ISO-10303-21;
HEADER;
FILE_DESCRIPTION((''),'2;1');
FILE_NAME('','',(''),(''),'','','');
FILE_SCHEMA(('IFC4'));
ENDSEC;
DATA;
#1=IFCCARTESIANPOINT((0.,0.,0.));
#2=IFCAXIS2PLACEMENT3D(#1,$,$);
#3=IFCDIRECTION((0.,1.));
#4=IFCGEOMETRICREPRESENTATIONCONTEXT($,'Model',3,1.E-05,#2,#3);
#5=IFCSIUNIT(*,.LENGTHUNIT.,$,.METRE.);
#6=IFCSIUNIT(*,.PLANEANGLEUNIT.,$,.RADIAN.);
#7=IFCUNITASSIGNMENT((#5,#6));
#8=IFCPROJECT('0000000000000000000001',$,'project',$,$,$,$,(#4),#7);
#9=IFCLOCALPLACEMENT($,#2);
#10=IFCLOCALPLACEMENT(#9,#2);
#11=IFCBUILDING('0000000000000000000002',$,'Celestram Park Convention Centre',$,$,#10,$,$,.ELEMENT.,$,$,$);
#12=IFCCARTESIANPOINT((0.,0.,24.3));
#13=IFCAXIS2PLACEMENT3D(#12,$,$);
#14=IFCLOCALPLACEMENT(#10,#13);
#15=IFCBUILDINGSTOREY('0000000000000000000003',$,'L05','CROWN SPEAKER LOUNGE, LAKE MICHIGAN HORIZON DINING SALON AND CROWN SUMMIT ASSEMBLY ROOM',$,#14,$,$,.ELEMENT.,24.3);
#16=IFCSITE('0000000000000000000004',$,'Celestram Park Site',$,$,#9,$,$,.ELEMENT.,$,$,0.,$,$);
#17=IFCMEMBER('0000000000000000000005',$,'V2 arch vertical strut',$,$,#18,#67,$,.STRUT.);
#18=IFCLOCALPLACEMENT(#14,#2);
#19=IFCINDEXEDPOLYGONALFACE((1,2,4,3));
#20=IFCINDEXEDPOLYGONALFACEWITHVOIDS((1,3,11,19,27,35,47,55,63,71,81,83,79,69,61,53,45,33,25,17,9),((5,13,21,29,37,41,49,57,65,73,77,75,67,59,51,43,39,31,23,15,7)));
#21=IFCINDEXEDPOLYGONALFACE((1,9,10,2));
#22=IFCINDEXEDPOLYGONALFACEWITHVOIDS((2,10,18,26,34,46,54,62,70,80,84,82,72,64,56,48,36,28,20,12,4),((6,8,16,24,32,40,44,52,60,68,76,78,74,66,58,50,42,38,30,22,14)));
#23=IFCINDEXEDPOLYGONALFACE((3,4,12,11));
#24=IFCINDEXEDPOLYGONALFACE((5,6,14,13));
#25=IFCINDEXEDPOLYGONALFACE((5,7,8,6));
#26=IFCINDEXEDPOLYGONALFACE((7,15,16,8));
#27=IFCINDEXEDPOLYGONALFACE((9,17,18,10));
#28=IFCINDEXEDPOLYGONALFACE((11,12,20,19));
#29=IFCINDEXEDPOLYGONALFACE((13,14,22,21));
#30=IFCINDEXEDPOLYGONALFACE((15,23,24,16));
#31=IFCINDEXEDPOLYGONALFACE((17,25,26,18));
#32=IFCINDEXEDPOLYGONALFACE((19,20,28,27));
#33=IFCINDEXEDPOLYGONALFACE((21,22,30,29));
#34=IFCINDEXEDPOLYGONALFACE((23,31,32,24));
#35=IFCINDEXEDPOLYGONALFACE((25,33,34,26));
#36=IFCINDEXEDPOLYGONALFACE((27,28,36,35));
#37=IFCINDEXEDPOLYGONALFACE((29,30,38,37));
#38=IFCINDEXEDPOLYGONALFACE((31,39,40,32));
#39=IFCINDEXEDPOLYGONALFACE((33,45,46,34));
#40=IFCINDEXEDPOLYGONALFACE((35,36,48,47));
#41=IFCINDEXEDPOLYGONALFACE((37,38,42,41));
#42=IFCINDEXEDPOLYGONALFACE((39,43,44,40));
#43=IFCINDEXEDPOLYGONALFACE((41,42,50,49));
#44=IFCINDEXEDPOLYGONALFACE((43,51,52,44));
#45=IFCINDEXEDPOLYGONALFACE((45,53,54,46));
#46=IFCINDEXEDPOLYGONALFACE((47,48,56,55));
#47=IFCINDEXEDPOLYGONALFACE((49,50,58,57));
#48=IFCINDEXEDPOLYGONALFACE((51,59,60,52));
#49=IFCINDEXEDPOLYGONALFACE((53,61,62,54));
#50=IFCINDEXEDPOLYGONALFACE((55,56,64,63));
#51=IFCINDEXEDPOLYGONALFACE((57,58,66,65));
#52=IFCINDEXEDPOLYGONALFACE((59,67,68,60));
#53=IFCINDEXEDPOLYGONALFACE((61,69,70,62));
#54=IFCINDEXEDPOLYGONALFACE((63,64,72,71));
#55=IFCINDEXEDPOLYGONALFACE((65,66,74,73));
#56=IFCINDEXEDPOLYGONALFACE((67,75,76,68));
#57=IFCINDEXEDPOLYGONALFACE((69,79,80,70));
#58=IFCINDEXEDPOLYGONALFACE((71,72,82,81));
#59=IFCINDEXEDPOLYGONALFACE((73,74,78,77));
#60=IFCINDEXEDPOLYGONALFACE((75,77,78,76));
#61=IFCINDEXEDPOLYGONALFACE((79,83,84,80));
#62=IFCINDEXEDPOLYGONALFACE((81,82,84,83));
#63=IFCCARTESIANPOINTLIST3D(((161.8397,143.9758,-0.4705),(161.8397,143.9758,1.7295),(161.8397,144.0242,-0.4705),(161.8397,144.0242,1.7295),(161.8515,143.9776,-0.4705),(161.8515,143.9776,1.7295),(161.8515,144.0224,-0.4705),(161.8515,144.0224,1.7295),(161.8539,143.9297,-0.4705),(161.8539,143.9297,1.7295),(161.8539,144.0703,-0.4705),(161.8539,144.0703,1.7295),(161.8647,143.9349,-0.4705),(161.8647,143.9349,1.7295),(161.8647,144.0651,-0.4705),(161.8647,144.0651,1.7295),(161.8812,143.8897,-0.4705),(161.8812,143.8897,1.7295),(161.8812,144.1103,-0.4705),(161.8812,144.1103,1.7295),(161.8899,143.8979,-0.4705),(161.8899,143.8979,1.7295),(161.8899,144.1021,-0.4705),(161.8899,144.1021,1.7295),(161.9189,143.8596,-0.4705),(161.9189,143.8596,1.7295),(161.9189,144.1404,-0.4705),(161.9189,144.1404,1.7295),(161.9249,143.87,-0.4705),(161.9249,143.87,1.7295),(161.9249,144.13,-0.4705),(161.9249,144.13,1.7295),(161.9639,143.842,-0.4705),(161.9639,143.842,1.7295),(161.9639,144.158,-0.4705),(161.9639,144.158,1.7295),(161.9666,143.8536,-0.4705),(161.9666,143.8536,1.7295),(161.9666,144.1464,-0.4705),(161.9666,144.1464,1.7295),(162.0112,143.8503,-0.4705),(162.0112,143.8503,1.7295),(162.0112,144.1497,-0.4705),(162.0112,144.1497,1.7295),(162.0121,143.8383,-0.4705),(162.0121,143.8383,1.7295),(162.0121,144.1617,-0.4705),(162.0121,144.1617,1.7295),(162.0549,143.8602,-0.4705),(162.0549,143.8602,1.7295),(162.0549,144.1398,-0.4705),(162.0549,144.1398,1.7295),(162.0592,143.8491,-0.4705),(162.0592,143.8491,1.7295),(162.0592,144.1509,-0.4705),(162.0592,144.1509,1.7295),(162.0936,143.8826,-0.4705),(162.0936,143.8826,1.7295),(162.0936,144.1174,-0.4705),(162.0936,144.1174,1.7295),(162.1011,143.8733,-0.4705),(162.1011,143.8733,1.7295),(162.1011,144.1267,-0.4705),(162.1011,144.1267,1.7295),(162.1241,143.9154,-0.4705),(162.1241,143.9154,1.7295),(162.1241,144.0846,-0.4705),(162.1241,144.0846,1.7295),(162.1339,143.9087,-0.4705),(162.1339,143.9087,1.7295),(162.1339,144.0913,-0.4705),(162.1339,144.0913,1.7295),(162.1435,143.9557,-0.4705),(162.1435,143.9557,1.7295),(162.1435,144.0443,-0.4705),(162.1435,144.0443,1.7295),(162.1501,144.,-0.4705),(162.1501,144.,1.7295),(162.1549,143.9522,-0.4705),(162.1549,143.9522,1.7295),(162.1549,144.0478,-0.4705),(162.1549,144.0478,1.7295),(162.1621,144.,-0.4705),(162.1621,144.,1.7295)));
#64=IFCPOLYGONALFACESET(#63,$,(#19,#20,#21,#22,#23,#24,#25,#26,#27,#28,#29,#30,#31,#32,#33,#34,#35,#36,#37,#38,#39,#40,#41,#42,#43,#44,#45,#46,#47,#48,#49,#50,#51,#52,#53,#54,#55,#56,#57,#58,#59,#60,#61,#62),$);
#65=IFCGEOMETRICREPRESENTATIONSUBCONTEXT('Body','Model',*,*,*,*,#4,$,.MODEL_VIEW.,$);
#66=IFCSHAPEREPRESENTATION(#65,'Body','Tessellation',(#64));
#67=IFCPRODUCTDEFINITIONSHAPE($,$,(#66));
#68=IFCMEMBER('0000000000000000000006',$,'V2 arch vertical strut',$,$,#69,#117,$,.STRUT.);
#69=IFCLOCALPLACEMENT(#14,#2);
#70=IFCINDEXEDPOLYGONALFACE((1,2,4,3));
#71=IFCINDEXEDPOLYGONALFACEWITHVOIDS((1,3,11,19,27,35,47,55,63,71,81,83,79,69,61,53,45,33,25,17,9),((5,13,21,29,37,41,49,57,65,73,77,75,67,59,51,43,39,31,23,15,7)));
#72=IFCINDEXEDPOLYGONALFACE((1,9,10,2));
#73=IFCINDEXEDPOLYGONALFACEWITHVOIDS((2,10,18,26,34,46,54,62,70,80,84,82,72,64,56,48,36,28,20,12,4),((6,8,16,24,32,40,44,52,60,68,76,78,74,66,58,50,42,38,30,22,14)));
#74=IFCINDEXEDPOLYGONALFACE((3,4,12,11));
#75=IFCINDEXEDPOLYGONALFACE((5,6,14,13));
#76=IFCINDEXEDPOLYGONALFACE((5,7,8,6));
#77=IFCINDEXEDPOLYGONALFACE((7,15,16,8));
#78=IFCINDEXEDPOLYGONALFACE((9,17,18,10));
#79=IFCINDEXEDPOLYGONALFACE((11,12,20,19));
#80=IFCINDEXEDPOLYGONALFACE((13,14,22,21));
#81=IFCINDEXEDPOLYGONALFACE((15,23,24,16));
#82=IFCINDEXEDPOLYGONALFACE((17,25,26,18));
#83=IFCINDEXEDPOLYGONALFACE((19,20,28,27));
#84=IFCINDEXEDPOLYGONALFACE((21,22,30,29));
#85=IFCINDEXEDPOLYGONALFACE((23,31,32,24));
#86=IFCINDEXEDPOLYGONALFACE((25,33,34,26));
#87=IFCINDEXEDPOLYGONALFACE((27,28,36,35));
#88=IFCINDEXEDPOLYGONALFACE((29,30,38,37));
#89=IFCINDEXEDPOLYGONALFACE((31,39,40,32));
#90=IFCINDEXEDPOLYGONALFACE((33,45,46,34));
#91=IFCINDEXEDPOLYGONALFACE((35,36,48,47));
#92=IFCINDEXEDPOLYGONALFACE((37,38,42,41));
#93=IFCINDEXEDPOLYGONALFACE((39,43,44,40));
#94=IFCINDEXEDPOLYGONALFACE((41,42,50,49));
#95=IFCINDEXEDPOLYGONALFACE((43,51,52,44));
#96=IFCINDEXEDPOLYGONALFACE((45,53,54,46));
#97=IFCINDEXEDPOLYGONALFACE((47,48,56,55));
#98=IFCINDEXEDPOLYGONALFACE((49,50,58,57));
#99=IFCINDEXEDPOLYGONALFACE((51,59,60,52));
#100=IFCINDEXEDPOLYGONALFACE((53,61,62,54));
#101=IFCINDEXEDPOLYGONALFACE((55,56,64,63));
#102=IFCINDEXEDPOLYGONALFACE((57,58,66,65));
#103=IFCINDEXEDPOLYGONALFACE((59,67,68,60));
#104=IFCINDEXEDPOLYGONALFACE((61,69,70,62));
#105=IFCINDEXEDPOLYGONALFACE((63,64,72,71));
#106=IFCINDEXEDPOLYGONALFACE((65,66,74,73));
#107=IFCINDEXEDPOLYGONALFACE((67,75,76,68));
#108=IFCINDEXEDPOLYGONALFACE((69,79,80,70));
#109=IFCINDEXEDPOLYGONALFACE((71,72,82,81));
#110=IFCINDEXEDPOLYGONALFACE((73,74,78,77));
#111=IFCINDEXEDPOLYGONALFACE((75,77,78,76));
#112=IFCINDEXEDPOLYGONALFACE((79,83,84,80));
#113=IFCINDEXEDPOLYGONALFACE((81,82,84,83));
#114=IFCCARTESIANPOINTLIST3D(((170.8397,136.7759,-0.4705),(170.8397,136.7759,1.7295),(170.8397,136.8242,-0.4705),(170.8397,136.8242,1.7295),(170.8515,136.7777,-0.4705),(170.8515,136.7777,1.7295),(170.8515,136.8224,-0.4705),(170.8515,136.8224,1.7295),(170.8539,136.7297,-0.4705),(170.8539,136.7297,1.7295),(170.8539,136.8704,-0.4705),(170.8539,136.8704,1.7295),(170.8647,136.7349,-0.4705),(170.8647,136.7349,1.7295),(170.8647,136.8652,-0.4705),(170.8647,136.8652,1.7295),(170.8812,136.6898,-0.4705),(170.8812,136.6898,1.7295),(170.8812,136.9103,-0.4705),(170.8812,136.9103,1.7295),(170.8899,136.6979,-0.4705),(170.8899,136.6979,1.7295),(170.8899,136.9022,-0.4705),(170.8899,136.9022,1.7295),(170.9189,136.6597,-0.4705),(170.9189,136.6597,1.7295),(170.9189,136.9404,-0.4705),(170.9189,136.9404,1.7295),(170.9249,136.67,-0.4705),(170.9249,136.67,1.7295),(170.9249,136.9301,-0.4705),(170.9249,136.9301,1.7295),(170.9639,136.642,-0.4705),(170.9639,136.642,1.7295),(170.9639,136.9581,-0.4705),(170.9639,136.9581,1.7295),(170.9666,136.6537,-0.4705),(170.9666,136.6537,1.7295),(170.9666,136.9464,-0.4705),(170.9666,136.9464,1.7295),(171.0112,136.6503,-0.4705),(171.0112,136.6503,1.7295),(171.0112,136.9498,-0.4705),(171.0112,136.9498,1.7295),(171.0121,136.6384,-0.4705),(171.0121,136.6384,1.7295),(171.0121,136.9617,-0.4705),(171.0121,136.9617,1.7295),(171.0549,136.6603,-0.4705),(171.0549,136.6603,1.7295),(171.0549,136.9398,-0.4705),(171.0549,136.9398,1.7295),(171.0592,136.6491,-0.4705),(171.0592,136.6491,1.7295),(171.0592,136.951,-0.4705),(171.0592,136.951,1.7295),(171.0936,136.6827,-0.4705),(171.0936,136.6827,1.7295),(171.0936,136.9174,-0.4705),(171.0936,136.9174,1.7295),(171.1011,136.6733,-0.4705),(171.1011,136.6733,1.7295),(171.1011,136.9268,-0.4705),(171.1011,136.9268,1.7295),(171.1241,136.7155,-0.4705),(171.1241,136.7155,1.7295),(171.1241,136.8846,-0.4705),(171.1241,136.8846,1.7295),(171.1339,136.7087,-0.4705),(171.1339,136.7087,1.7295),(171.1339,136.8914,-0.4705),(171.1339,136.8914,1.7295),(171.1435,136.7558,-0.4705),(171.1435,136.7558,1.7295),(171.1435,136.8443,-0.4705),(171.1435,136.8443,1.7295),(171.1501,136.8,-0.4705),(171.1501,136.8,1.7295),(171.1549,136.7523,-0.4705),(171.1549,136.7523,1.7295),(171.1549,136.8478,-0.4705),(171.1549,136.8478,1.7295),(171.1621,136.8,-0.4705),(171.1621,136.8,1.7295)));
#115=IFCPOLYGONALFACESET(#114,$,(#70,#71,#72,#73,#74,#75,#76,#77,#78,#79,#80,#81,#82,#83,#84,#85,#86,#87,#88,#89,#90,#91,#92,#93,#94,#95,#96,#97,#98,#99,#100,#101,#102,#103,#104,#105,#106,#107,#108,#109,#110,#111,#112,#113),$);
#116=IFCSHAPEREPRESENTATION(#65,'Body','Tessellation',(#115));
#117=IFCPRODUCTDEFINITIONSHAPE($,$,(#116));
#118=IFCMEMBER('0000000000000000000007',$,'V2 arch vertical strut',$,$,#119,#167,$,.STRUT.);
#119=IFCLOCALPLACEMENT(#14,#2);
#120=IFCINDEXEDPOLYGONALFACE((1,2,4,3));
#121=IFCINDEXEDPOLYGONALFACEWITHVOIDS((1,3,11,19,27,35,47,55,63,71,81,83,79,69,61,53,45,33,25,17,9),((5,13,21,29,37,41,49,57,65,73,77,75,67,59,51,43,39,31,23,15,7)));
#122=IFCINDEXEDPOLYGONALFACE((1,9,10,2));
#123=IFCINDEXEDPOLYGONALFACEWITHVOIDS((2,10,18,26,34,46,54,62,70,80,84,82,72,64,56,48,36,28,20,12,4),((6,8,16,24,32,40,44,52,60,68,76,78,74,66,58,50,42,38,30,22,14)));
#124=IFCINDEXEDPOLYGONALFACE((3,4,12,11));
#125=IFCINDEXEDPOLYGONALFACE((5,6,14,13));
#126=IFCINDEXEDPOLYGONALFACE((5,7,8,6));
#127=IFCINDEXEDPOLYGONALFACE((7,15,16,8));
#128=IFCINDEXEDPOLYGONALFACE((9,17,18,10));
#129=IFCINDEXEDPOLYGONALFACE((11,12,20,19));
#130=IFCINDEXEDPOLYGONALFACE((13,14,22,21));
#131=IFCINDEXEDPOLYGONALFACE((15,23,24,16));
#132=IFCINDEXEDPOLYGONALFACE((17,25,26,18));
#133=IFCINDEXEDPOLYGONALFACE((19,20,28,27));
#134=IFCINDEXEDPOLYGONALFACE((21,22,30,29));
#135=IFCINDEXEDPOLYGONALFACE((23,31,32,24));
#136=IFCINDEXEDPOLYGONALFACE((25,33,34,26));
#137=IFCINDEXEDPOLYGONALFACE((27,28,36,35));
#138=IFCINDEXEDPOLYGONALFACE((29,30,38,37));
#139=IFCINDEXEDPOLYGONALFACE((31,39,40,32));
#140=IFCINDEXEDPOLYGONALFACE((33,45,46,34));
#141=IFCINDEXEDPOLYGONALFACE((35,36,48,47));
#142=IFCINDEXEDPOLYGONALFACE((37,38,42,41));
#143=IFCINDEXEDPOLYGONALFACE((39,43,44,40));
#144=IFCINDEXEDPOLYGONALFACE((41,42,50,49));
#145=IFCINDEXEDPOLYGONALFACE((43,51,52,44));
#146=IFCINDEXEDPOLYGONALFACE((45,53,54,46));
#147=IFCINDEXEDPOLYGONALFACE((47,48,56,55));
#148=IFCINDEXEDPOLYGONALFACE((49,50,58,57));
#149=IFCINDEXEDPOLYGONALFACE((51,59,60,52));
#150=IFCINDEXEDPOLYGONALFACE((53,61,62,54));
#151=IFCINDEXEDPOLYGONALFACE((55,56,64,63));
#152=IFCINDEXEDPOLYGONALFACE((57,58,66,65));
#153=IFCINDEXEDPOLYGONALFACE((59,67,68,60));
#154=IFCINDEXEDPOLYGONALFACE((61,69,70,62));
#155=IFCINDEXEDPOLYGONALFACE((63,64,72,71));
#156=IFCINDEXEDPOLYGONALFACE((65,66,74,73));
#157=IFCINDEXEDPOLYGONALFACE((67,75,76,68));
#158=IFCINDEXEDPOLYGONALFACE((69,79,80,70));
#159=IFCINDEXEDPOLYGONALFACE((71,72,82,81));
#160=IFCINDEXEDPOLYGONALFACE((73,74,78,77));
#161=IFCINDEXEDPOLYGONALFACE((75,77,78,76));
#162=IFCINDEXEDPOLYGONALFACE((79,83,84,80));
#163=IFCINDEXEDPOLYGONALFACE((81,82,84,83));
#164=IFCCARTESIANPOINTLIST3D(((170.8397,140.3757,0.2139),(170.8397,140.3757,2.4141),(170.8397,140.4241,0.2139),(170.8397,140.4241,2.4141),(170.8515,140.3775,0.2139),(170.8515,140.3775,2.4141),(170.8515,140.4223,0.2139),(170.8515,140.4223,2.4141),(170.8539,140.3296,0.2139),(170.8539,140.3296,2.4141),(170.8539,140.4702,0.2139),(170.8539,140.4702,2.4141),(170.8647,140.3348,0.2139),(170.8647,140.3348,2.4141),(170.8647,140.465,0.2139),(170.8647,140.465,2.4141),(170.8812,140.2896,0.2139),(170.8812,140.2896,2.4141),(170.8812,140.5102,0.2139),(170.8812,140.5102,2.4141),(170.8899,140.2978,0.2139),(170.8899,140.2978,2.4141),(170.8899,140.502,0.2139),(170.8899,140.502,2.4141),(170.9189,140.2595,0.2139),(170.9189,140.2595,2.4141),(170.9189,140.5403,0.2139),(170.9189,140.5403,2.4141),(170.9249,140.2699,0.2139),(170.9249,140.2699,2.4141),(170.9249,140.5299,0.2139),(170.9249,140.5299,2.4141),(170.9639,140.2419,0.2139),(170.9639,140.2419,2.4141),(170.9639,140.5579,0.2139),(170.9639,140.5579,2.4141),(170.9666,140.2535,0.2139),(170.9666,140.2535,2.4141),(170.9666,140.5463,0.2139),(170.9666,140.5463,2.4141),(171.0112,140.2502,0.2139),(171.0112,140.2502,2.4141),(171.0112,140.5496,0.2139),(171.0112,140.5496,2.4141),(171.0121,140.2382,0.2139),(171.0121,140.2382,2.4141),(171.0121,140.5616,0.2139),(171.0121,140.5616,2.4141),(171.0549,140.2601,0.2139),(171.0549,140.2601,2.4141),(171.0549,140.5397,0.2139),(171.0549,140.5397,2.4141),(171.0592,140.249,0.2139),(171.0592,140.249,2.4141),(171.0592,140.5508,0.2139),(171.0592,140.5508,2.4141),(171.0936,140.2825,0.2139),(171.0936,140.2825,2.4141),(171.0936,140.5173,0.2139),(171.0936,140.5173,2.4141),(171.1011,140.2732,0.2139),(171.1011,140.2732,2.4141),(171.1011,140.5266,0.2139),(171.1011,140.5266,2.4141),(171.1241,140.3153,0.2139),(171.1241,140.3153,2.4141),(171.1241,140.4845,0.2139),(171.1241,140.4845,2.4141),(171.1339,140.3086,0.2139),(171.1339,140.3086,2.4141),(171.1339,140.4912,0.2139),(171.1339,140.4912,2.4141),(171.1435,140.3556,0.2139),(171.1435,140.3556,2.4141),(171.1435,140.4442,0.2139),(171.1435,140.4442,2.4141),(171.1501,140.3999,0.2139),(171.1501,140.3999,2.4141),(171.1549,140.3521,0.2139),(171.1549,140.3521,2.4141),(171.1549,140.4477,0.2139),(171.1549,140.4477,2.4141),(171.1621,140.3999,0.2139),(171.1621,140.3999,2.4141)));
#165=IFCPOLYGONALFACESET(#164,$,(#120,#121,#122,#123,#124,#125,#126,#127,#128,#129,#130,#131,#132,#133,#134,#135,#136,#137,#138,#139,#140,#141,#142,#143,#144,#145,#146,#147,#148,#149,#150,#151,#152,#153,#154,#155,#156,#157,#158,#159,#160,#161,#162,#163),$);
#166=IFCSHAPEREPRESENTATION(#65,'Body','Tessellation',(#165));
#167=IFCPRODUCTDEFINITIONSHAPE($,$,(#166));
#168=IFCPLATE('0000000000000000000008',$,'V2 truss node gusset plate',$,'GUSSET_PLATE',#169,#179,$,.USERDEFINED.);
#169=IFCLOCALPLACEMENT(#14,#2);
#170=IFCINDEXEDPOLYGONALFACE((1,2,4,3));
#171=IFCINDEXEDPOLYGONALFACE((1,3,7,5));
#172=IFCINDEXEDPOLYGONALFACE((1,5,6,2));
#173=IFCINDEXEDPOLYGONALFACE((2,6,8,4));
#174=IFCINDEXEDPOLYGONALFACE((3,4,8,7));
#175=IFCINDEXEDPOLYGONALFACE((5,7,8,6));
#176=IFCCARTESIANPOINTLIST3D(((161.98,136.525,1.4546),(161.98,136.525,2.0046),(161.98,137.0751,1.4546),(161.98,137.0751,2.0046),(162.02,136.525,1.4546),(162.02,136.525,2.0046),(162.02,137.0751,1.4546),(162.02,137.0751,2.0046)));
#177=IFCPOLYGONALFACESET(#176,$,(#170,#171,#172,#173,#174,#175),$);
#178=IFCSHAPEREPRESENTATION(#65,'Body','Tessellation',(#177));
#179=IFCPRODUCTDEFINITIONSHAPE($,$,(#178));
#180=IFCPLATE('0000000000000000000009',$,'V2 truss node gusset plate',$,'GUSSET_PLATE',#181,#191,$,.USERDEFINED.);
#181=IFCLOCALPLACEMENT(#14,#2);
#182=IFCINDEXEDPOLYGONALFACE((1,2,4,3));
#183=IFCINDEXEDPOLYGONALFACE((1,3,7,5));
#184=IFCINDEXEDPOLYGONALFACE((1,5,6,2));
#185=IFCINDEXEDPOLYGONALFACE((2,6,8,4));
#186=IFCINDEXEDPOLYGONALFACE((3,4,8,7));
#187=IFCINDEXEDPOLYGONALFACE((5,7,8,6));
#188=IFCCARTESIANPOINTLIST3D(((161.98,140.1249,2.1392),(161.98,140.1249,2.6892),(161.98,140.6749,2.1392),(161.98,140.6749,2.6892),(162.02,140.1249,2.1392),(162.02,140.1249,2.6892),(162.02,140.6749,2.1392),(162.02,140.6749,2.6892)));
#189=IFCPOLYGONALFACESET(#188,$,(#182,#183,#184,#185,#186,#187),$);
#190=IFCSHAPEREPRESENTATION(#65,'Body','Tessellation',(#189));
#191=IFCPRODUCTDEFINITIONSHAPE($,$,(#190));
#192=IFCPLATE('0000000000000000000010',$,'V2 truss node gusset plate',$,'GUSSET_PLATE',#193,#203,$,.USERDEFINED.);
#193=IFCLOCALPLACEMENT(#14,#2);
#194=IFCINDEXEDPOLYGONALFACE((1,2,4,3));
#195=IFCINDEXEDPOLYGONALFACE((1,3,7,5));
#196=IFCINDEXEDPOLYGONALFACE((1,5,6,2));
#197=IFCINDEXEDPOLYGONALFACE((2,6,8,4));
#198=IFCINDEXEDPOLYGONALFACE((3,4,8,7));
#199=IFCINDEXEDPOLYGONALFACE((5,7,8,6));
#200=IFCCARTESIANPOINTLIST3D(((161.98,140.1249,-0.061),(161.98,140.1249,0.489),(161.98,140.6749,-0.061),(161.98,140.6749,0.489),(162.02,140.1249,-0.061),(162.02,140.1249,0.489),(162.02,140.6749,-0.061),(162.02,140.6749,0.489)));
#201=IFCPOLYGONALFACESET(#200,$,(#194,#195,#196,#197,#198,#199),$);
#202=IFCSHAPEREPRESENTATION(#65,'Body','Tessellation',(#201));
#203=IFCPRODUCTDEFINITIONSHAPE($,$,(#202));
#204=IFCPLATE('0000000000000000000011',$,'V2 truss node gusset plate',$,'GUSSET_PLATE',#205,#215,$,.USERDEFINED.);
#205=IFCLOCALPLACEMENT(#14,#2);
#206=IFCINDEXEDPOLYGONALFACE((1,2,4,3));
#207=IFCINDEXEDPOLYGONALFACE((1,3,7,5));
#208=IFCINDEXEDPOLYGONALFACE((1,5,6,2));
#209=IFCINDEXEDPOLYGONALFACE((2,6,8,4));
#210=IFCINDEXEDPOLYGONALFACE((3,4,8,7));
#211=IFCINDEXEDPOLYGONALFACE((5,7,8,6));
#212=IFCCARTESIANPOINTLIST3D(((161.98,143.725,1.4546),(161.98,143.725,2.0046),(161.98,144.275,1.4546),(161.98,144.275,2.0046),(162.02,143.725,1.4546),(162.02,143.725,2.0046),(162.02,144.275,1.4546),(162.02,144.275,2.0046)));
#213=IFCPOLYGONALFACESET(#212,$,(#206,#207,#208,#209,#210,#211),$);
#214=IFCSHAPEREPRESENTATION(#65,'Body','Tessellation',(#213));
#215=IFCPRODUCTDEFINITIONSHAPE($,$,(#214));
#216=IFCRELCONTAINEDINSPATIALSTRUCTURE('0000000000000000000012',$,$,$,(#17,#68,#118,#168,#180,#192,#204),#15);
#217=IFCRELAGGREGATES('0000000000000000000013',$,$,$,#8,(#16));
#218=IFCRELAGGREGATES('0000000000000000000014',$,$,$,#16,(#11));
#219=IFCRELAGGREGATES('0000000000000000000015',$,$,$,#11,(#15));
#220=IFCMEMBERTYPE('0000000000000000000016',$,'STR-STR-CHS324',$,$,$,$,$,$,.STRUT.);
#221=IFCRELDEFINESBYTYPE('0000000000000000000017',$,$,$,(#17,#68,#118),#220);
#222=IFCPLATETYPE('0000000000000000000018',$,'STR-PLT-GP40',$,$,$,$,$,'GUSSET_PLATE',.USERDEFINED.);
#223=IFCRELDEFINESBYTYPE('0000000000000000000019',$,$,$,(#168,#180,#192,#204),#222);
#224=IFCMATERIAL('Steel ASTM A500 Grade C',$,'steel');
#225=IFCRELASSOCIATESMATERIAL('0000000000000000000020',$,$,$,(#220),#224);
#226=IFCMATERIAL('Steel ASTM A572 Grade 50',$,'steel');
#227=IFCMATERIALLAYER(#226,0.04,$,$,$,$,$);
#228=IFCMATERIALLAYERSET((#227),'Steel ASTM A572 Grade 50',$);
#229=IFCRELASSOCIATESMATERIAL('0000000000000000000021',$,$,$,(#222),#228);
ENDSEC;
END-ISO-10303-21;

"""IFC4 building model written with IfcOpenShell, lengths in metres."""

from ifc_helpers import new_model, si_unit, direction, frame, origin, origin_2d, place, context, subcontext, project, spatial, rectangle, hollow_circle, extrude, material, layer, layer_set, material_profile, profile_set, type_object, element, save


model = new_model("IFC4")

# Units and contexts
model_context = context("Model", 3, precision=1e-05, world=origin(), true_north=direction((0.0, 1.0)))
body_context = subcontext(model_context, "Body", "Model", "MODEL_VIEW")
ifc_project = project(units=[si_unit("LENGTHUNIT", "METRE"), si_unit("PLANEANGLEUNIT", "RADIAN")], contexts=[model_context])

# Site, building, storey
site_placement = place(None, origin())
site = spatial("IfcSite", under=ifc_project, at=site_placement, Name="Celestram Park Site", CompositionType="ELEMENT", RefElevation=0.0)
building_placement = place(site_placement, origin())
building = spatial("IfcBuilding", under=site, at=building_placement, Name="Celestram Park Convention Centre", CompositionType="ELEMENT")
storey_placement = place(building_placement, frame((0.0, 0.0, 24.3)))
storey = spatial("IfcBuildingStorey", under=building, at=storey_placement, Name="L05", Description="CROWN SPEAKER LOUNGE, LAKE MICHIGAN HORIZON DINING SALON AND CROWN SUMMIT ASSEMBLY ROOM", CompositionType="ELEMENT", Elevation=24.3)

# Members
ifc_material_1 = material(Name="Steel ASTM A500 Grade C", Category="steel")
ifc_material_profile_1 = material_profile(ifc_material_1, hollow_circle(Radius=0.1621, WallThickness=0.012, at=origin_2d()), Name="CHS324X12")
ifc_profile_set_1 = profile_set([ifc_material_profile_1], Name="Steel ASTM A500 Grade C")
member_type_1 = type_object("IfcMemberType", Name="STR-STR-CHS324", PredefinedType="STRUT", material=ifc_profile_set_1)
for number, where, z_axis, x_axis, name in (
    (1, (162.0, 144.0, -0.4705), (0.0, 0.0, 1.0), (1.0, 0.0, 0.0), "V2 arch vertical strut"),
    (2, (171.0, 136.8, -0.4705), (0.0, 0.0, 1.0), (1.0, 0.0, 0.0), "V2 arch vertical strut"),
):
    element("IfcMember", number, at=place(storey_placement, frame(where, z_axis=z_axis, x_axis=x_axis)), inside=storey, type_object=member_type_1, Name=name, PredefinedType="STRUT", context=body_context, shape_type="SweptSolid", body=[
        extrude(hollow_circle(Radius=0.1621, WallThickness=0.012, at=origin_2d()), origin(), (0.0, 0.0, 1.0), 2.2),
    ])
member_1_placement = place(storey_placement, frame((171.0, 140.3999, 0.2139), z_axis=(0.0, 0.0, 1.0), x_axis=(1.0, 0.0, 0.0)))
element("IfcMember", 3, at=member_1_placement, inside=storey, type_object=member_type_1, Name="V2 arch vertical strut", PredefinedType="STRUT", context=body_context, shape_type="SweptSolid", body=[
    extrude(hollow_circle(Radius=0.1621, WallThickness=0.012, at=origin_2d()), origin(), (0.0, 0.0, 1.0), 2.2002),
])

# Plates
ifc_material_2 = material(Name="Steel ASTM A572 Grade 50", Category="steel")
ifc_layer_1 = layer(ifc_material_2, 0.04)
ifc_layer_set_1 = layer_set([ifc_layer_1], Name="Steel ASTM A572 Grade 50")
plate_type = type_object("IfcPlateType", Name="STR-PLT-GP40", ElementType="GUSSET_PLATE", PredefinedType="USERDEFINED", material=ifc_layer_set_1)
for number, where, z_axis, x_axis, name in (
    (4, (162.0, 136.8, 1.4546), (0.0, 0.0, 1.0), (0.0, 1.0, 0.0), "V2 truss node gusset plate"),
    (5, (162.0, 140.3999, 2.1392), (0.0, 0.0, 1.0), (0.0, 1.0, 0.0), "V2 truss node gusset plate"),
    (6, (162.0, 140.3999, -0.061), (0.0, 0.0, 1.0), (0.0, 1.0, 0.0), "V2 truss node gusset plate"),
    (7, (162.0, 144.0, 1.4546), (0.0, 0.0, 1.0), (0.0, 1.0, 0.0), "V2 truss node gusset plate"),
):
    element("IfcPlate", number, at=place(storey_placement, frame(where, z_axis=z_axis, x_axis=x_axis)), inside=storey, type_object=plate_type, Name=name, ObjectType="GUSSET_PLATE", PredefinedType="USERDEFINED", context=body_context, shape_type="SweptSolid", body=[
        extrude(rectangle(XDim=0.55, YDim=0.04, at=origin_2d()), origin(), (0.0, 0.0, 1.0), 0.55),
    ])

save(model, "model.ifc")
